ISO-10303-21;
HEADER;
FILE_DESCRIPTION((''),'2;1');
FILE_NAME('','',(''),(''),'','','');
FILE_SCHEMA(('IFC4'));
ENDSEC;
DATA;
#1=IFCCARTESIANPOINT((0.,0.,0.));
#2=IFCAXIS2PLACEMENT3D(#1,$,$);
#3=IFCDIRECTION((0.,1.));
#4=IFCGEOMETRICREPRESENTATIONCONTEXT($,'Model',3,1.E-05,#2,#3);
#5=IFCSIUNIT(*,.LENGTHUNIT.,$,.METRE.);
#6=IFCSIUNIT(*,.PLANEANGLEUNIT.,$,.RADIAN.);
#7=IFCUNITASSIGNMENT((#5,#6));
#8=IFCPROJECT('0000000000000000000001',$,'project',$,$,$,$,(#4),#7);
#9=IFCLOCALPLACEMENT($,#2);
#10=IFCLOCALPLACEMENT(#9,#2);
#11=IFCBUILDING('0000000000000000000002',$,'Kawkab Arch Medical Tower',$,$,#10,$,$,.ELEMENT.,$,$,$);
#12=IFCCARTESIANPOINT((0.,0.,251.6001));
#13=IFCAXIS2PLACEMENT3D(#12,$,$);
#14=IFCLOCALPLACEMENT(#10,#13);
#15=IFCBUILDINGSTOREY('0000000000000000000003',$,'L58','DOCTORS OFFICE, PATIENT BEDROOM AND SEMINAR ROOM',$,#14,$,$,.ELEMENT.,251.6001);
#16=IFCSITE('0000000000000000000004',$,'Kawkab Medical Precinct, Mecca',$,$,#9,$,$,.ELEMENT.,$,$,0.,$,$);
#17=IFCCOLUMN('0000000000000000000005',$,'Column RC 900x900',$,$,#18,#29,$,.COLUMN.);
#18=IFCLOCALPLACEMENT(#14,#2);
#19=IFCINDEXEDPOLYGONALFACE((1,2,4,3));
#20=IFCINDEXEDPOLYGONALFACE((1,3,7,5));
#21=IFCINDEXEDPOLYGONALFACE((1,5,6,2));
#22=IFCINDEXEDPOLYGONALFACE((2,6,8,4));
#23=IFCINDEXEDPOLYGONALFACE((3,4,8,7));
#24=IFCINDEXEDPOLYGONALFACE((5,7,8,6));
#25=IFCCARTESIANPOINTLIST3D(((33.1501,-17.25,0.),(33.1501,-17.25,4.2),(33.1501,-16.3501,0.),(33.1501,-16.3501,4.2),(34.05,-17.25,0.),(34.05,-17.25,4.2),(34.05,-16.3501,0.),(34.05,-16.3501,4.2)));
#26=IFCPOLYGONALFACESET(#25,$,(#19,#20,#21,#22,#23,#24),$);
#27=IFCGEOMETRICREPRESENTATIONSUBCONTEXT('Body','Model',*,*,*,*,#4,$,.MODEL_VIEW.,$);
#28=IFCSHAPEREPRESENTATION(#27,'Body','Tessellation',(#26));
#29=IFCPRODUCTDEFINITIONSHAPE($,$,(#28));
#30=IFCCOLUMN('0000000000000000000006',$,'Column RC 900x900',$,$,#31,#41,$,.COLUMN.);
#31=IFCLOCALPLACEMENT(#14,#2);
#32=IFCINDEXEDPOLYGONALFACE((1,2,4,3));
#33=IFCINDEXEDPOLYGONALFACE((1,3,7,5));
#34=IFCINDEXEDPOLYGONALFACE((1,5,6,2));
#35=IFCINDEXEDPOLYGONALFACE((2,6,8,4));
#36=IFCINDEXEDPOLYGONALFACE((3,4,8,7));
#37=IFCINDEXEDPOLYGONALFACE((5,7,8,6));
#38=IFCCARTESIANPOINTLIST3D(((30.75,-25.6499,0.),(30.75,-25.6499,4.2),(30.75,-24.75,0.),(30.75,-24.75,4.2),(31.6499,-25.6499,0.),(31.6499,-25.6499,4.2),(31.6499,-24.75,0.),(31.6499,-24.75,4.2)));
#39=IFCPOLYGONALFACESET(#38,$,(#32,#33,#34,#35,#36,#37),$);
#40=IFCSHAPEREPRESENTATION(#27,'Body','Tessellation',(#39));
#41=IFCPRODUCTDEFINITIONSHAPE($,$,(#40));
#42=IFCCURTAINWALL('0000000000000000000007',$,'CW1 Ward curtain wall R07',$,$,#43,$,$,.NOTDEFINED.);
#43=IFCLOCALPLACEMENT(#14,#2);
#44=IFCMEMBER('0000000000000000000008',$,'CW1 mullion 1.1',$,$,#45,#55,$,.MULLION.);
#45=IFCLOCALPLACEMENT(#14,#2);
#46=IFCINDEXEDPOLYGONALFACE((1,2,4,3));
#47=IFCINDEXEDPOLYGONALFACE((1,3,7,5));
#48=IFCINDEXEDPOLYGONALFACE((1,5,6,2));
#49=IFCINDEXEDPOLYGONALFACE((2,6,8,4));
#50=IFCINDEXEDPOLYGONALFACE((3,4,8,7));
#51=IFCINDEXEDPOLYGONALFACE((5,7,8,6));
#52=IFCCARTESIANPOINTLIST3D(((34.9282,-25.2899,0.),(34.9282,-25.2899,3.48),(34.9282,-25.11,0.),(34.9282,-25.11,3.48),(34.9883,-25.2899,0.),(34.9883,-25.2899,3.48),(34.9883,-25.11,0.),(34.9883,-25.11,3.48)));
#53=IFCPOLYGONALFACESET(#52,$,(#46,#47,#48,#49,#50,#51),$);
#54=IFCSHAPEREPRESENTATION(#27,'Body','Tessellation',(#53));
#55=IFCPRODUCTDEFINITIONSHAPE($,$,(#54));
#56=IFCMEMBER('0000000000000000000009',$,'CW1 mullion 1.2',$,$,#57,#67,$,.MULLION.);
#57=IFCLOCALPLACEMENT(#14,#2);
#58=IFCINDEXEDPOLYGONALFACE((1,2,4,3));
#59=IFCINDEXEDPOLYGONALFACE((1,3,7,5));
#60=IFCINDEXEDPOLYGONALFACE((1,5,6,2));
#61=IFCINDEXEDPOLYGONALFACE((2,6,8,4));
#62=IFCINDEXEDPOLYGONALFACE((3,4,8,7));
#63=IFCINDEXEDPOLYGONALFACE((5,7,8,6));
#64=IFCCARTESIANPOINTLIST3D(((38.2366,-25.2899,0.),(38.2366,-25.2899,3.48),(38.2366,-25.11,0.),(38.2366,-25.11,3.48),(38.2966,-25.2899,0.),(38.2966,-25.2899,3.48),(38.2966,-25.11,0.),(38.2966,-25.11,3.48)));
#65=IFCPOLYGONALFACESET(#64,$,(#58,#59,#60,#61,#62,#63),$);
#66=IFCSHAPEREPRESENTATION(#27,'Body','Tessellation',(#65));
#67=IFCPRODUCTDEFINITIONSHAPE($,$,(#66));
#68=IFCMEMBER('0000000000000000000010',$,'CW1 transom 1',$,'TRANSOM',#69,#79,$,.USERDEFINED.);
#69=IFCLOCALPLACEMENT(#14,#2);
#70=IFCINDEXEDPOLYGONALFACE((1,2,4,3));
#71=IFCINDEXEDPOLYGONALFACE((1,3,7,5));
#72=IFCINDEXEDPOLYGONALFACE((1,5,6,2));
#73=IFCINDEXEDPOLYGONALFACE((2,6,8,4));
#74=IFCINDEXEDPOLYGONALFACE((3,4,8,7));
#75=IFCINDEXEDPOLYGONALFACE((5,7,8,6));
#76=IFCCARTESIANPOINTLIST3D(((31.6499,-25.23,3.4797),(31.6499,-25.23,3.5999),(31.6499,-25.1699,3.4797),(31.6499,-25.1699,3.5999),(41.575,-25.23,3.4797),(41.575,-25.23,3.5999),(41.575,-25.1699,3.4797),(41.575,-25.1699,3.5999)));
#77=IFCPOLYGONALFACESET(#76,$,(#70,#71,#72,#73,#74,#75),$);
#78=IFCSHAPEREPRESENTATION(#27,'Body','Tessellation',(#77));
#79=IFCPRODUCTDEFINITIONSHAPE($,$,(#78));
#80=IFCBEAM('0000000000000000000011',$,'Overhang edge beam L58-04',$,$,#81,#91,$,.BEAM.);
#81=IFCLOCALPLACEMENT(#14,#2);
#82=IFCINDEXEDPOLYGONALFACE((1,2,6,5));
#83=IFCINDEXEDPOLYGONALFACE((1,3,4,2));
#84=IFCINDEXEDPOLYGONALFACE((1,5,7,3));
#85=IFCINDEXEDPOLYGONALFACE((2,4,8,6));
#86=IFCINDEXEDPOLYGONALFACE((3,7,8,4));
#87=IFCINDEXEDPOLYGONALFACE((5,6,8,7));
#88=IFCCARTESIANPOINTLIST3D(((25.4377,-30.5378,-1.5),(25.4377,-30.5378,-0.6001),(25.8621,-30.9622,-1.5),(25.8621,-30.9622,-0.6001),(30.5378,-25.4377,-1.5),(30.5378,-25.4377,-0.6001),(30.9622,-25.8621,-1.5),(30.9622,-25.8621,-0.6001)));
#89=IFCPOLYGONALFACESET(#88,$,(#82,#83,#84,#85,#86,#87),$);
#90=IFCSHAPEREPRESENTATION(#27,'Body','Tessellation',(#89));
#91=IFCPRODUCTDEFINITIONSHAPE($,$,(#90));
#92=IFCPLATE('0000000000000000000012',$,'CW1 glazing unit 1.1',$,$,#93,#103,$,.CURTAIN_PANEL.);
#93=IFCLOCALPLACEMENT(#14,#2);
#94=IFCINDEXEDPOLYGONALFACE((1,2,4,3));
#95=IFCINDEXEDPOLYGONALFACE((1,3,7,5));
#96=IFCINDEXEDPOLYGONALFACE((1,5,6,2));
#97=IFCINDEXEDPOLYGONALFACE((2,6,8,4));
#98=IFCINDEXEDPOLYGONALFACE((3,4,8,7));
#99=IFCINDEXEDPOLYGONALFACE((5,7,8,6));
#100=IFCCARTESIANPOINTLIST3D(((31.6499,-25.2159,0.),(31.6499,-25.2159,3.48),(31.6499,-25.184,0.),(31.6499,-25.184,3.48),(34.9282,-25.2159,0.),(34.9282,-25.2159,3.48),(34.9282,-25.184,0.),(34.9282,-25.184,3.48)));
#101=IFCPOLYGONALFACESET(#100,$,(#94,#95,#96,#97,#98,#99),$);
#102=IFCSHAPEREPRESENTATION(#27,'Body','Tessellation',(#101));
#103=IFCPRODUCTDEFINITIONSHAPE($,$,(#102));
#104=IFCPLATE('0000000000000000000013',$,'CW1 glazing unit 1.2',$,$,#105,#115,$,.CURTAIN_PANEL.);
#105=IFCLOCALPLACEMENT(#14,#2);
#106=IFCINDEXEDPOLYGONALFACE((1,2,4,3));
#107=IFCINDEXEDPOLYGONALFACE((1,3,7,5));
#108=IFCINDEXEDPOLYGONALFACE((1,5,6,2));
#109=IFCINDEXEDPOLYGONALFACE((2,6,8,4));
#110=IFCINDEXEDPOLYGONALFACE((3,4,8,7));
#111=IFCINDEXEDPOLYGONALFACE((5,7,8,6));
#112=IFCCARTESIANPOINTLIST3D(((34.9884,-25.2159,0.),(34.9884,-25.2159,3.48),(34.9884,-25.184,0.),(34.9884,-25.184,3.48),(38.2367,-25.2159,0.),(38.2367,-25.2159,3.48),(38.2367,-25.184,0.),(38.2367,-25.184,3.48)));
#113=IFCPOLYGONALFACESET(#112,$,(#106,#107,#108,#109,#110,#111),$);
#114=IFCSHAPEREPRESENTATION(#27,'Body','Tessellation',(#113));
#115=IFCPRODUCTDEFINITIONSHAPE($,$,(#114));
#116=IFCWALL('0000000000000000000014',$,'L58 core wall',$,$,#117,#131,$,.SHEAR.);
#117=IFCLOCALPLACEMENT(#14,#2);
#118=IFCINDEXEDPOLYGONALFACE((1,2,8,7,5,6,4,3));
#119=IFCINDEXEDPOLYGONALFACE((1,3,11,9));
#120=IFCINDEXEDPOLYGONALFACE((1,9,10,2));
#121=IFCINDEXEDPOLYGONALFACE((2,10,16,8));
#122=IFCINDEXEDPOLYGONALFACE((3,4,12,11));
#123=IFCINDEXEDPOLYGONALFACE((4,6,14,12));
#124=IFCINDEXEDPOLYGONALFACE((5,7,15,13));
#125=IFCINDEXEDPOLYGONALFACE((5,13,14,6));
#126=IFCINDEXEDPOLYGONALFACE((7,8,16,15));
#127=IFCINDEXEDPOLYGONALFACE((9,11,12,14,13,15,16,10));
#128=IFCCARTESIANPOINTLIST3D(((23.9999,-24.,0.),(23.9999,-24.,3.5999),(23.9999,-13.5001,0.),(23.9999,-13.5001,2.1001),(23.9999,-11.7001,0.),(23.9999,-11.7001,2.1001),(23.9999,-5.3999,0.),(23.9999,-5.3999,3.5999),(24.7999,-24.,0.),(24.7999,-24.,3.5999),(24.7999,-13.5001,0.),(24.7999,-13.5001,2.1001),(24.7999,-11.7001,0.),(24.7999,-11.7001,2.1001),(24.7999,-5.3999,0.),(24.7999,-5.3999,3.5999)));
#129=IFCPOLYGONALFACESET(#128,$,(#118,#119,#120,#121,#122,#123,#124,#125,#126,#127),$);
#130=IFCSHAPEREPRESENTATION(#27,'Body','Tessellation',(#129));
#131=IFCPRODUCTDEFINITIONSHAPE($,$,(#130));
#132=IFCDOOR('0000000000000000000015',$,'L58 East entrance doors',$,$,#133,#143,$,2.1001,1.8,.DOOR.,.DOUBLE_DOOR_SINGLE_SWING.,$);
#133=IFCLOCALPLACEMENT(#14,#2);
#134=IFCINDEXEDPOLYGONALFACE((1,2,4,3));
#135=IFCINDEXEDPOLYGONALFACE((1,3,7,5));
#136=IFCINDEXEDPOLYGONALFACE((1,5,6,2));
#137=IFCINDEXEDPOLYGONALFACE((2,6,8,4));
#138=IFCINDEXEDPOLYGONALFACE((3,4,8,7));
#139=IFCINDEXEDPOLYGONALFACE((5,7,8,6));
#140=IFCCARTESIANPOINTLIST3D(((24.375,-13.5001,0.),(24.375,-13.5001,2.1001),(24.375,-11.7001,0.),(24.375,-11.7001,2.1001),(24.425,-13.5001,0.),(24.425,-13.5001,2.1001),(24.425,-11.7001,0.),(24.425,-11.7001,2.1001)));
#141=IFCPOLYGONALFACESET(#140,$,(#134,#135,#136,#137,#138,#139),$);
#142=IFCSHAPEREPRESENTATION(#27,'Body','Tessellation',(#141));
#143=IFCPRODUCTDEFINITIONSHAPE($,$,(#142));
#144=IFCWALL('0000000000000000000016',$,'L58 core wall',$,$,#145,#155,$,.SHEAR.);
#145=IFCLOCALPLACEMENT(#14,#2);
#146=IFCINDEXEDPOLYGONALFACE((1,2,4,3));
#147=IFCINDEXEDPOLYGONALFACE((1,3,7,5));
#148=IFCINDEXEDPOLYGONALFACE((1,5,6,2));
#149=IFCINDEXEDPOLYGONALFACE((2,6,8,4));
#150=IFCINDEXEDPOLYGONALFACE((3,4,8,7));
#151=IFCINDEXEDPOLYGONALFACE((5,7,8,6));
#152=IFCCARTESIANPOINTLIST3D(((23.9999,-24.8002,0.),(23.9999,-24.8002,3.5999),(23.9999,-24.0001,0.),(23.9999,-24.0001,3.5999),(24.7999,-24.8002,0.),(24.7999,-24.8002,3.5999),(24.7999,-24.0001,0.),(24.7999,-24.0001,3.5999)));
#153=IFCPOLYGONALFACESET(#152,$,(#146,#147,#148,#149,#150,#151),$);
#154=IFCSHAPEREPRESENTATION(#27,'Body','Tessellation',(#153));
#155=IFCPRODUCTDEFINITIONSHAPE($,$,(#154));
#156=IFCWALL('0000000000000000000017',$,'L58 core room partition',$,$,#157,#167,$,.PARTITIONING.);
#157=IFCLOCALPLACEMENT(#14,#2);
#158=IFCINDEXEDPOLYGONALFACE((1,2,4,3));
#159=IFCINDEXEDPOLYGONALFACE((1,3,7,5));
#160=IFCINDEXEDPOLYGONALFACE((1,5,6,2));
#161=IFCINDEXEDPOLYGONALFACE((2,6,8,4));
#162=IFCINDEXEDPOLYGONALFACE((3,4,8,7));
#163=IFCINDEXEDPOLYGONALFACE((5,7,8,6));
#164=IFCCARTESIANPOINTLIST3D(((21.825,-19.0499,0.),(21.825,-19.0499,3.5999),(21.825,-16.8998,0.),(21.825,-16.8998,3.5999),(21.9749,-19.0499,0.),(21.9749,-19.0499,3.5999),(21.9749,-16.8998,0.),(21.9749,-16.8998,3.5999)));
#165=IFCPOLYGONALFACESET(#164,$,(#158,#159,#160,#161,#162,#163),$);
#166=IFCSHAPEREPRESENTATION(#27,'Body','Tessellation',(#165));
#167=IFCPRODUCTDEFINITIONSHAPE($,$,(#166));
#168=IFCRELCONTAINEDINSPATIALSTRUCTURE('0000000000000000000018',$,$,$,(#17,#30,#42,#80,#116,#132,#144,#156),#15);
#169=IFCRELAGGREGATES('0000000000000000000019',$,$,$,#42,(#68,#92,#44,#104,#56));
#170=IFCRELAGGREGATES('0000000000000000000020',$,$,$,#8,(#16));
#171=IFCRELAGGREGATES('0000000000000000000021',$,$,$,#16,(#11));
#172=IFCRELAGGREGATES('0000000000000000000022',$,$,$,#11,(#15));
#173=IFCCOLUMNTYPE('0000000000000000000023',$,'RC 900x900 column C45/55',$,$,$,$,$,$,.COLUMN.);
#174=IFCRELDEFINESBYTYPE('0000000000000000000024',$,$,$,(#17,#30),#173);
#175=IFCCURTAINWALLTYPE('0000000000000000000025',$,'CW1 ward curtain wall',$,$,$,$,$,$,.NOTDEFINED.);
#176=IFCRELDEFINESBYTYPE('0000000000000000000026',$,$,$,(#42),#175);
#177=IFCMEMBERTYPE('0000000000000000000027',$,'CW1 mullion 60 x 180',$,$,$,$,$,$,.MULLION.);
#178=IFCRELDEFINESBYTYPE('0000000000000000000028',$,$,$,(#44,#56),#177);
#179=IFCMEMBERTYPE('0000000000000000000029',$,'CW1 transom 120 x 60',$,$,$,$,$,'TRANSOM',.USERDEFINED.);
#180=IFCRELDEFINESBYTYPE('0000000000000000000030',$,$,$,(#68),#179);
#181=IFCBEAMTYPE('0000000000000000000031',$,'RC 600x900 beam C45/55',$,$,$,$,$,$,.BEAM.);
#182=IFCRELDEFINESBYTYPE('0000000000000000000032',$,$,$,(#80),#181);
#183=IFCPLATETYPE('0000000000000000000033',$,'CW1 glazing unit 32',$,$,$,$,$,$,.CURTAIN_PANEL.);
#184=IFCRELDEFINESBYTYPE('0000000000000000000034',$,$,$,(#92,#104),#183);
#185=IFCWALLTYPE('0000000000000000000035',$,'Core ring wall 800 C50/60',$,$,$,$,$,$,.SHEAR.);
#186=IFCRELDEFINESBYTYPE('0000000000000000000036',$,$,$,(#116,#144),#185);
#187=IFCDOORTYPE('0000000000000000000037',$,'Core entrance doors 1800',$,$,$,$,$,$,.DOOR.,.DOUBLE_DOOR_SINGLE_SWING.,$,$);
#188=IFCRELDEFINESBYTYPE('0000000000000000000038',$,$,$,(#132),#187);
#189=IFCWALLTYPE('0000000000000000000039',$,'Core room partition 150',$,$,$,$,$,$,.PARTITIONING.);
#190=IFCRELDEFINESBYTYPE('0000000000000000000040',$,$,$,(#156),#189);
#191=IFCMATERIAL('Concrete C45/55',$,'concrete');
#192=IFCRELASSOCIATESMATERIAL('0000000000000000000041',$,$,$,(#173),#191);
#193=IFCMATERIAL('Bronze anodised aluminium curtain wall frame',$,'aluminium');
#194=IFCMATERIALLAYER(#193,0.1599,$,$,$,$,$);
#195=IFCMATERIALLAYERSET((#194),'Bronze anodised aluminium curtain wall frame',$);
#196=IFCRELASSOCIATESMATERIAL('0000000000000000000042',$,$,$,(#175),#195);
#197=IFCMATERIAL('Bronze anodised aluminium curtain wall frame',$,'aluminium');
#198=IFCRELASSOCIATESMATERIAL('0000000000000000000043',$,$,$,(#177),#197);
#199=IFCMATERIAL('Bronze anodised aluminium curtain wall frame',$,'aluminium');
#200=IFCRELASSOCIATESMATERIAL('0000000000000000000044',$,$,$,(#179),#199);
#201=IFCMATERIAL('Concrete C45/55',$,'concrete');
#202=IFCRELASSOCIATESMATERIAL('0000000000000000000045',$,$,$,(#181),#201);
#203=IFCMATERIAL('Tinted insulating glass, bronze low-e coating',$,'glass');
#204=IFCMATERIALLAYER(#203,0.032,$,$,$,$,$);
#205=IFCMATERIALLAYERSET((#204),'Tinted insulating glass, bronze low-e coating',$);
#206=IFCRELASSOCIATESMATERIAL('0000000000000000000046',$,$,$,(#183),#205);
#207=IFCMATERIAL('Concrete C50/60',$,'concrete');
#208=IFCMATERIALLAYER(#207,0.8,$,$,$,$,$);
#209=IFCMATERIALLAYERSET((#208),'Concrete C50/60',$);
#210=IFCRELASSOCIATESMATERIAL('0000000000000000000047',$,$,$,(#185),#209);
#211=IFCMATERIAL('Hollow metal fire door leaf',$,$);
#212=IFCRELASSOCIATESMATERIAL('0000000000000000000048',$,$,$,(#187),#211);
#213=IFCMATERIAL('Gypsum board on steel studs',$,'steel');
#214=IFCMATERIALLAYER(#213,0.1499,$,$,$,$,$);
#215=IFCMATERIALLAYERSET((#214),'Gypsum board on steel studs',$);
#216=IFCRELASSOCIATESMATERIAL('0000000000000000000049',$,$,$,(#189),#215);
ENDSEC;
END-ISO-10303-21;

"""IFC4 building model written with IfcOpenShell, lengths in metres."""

from ifc_helpers import new_model, si_unit, direction, frame, frame_2d, origin, origin_2d, place, context, subcontext, project, spatial, rectangle, extrude, material, layer, layer_set, material_profile, profile_set, type_object, element, fill, aggregate, save


model = new_model("IFC4")

# Units and contexts
model_context = context("Model", 3, precision=1e-05, world=origin(), true_north=direction((0.0, 1.0)))
body_context = subcontext(model_context, "Body", "Model", "MODEL_VIEW")
ifc_project = project(units=[si_unit("LENGTHUNIT", "METRE"), si_unit("PLANEANGLEUNIT", "RADIAN")], contexts=[model_context])

# Site, building, storey
site_placement = place(None, origin())
site = spatial("IfcSite", under=ifc_project, at=site_placement, Name="Kawkab Medical Precinct, Mecca", CompositionType="ELEMENT", RefElevation=0.0)
building_placement = place(site_placement, origin())
building = spatial("IfcBuilding", under=site, at=building_placement, Name="Kawkab Arch Medical Tower", CompositionType="ELEMENT")
storey_placement = place(building_placement, frame((0.0, 0.0, 251.6001)))
storey = spatial("IfcBuildingStorey", under=building, at=storey_placement, Name="L58", Description="DOCTORS OFFICE, PATIENT BEDROOM AND SEMINAR ROOM", CompositionType="ELEMENT", Elevation=251.6001)

# Columns
ifc_material_1 = material(Name="Concrete C45/55", Category="concrete")
ifc_material_profile_1 = material_profile(ifc_material_1, rectangle(XDim=0.8999, YDim=0.8999, at=origin_2d()), Name="RC 900x900")
ifc_profile_set_1 = profile_set([ifc_material_profile_1], Name="Concrete C45/55")
column_type = type_object("IfcColumnType", Name="RC 900x900 column C45/55", PredefinedType="COLUMN", material=ifc_profile_set_1)
for number, where, z_axis, x_axis, name in (
    (1, (33.6001, -16.8, 0.0), (0.0, 0.0, 1.0), (1.0, 0.0, 0.0), "Column RC 900x900"),
    (2, (31.2, -25.2, 0.0), (0.0, 0.0, 1.0), (1.0, 0.0, 0.0), "Column RC 900x900"),
):
    element("IfcColumn", number, at=place(storey_placement, frame(where, z_axis=z_axis, x_axis=x_axis)), inside=storey, type_object=column_type, Name=name, PredefinedType="COLUMN", context=body_context, shape_type="SweptSolid", body=[
        extrude(rectangle(XDim=0.8999, YDim=0.8999, at=origin_2d()), origin(), (0.0, 0.0, 1.0), 4.2),
    ])

# Curtain wall, members
ifc_material_2 = material(Name="Bronze anodised aluminium curtain wall frame", Category="aluminium")
ifc_layer_1 = layer(ifc_material_2, 0.1599)
ifc_layer_set_1 = layer_set([ifc_layer_1], Name="Bronze anodised aluminium curtain wall frame")
curtain_wall_type = type_object("IfcCurtainWallType", Name="CW1 ward curtain wall", PredefinedType="NOTDEFINED", material=ifc_layer_set_1)
curtain_wall_placement = place(storey_placement, origin())
curtain_wall = element("IfcCurtainWall", 3, at=curtain_wall_placement, inside=storey, type_object=curtain_wall_type, Name="CW1 Ward curtain wall R07", PredefinedType="NOTDEFINED")
ifc_material_3 = material(Name="Bronze anodised aluminium curtain wall frame", Category="aluminium")
ifc_material_profile_2 = material_profile(ifc_material_3, rectangle(XDim=0.1799, YDim=0.0601, at=origin_2d()), Name="AL 60x180")
ifc_profile_set_2 = profile_set([ifc_material_profile_2], Name="Bronze anodised aluminium curtain wall frame")
member_type_1 = type_object("IfcMemberType", Name="CW1 mullion 60 x 180", PredefinedType="MULLION", material=ifc_profile_set_2)
member_1_placement = place(storey_placement, frame((34.9583, -25.2, 0.0), z_axis=(0.0, 0.0, 1.0), x_axis=(0.0, 1.0, 0.0)))
member_1 = element("IfcMember", 4, at=member_1_placement, type_object=member_type_1, Name="CW1 mullion 1.1", PredefinedType="MULLION", context=body_context, shape_type="SweptSolid", body=[
    extrude(rectangle(XDim=0.1799, YDim=0.0601, at=origin_2d()), origin(), (0.0, 0.0, 1.0), 3.48),
])
member_2_placement = place(storey_placement, frame((38.2666, -25.2, 0.0), z_axis=(0.0, 0.0, 1.0), x_axis=(0.0, 1.0, 0.0)))
member_2 = element("IfcMember", 5, at=member_2_placement, type_object=member_type_1, Name="CW1 mullion 1.2", PredefinedType="MULLION", context=body_context, shape_type="SweptSolid", body=[
    extrude(rectangle(XDim=0.1799, YDim=0.0601, at=origin_2d()), origin(), (0.0, 0.0, 1.0), 3.48),
])
ifc_material_4 = material(Name="Bronze anodised aluminium curtain wall frame", Category="aluminium")
ifc_material_profile_3 = material_profile(ifc_material_4, rectangle(XDim=0.0601, YDim=0.1201, at=origin_2d()), Name="AL 60x120")
ifc_profile_set_3 = profile_set([ifc_material_profile_3], Name="Bronze anodised aluminium curtain wall frame")
member_type_2 = type_object("IfcMemberType", Name="CW1 transom 120 x 60", ElementType="TRANSOM", PredefinedType="USERDEFINED", material=ifc_profile_set_3)
member_3_placement = place(storey_placement, frame((31.6499, -25.2, 3.5398), z_axis=(1.0, 0.0, 0.0), x_axis=(0.0, 1.0, 0.0)))
member_3 = element("IfcMember", 6, at=member_3_placement, type_object=member_type_2, Name="CW1 transom 1", ObjectType="TRANSOM", PredefinedType="USERDEFINED", context=body_context, shape_type="SweptSolid", body=[
    extrude(rectangle(XDim=0.0601, YDim=0.1201, at=origin_2d()), origin(), (0.0, 0.0, 1.0), 9.925),
])

# Beam
ifc_material_5 = material(Name="Concrete C45/55", Category="concrete")
ifc_material_profile_4 = material_profile(ifc_material_5, rectangle(XDim=0.6001, YDim=0.8999, at=origin_2d()), Name="RC 600x900")
ifc_profile_set_4 = profile_set([ifc_material_profile_4], Name="Concrete C45/55")
beam_type = type_object("IfcBeamType", Name="RC 600x900 beam C45/55", PredefinedType="BEAM", material=ifc_profile_set_4)
beam_placement = place(storey_placement, frame((30.75, -25.6499, -1.05), z_axis=(-0.707107, -0.707107, 0.0), x_axis=(0.707107, -0.707107, 0.0)))
element("IfcBeam", 7, at=beam_placement, inside=storey, type_object=beam_type, Name="Overhang edge beam L58-04", PredefinedType="BEAM", context=body_context, shape_type="SweptSolid", body=[
    extrude(rectangle(XDim=0.6001, YDim=0.8999, at=origin_2d()), origin(), (0.0, 0.0, 1.0), 7.2126),
])

# Plates
ifc_material_6 = material(Name="Tinted insulating glass, bronze low-e coating", Category="glass")
ifc_layer_2 = layer(ifc_material_6, 0.032)
ifc_layer_set_2 = layer_set([ifc_layer_2], Name="Tinted insulating glass, bronze low-e coating")
plate_type = type_object("IfcPlateType", Name="CW1 glazing unit 32", PredefinedType="CURTAIN_PANEL", material=ifc_layer_set_2)
plate_1_placement = place(storey_placement, frame((33.2891, -25.2, 0.0), z_axis=(0.0, 0.0, 1.0), x_axis=(1.0, 0.0, 0.0)))
plate_1 = element("IfcPlate", 8, at=plate_1_placement, type_object=plate_type, Name="CW1 glazing unit 1.1", PredefinedType="CURTAIN_PANEL", context=body_context, shape_type="SweptSolid", body=[
    extrude(rectangle(XDim=3.2783, YDim=0.032, at=origin_2d()), origin(), (0.0, 0.0, 1.0), 3.48),
])
plate_2_placement = place(storey_placement, frame((36.6125, -25.2, 0.0), z_axis=(0.0, 0.0, 1.0), x_axis=(1.0, 0.0, 0.0)))
plate_2 = element("IfcPlate", 9, at=plate_2_placement, type_object=plate_type, Name="CW1 glazing unit 1.2", PredefinedType="CURTAIN_PANEL", context=body_context, shape_type="SweptSolid", body=[
    extrude(rectangle(XDim=3.2483, YDim=0.032, at=origin_2d()), origin(), (0.0, 0.0, 1.0), 3.48),
])
aggregate(curtain_wall, [member_3, plate_1, member_1, plate_2, member_2])

# Wall, opening, door
ifc_material_7 = material(Name="Concrete C50/60", Category="concrete")
ifc_layer_3 = layer(ifc_material_7, 0.8)
ifc_layer_set_3 = layer_set([ifc_layer_3], Name="Concrete C50/60")
wall_type_1 = type_object("IfcWallType", Name="Core ring wall 800 C50/60", PredefinedType="SHEAR", material=ifc_layer_set_3)
wall_1_placement = place(storey_placement, frame((24.3999, -24.0, 0.0), z_axis=(0.0, 0.0, 1.0), x_axis=(0.0, 1.0, 0.0)))
wall_1 = element("IfcWall", 10, at=wall_1_placement, inside=storey, type_object=wall_type_1, Name="L58 core wall", PredefinedType="SHEAR", context=body_context, shape_type="SweptSolid", body=[
    extrude(rectangle(XDim=18.6001, YDim=0.8, at=frame_2d((9.3, 0.0))), origin(), (0.0, 0.0, 1.0), 3.5999),
])
opening_1_placement = place(wall_1_placement, frame((10.5, 0.0, 0.0)))
opening_1 = element("IfcOpeningElement", 11, at=opening_1_placement, cuts=wall_1, PredefinedType="OPENING", context=body_context, shape_type="SweptSolid", body=[
    extrude(rectangle(XDim=1.8, YDim=2.1001, at=frame_2d((0.8999, 1.05))), frame((0.0, 0.4099, 0.0), z_axis=(0.0, -1.0, 0.0), x_axis=(1.0, 0.0, 0.0)), (0.0, 0.0, 1.0), 0.8201),
])
ifc_material_8 = material(Name="Hollow metal fire door leaf")
door_type_1 = type_object("IfcDoorType", Name="Core entrance doors 1800", OperationType="DOUBLE_DOOR_SINGLE_SWING", PredefinedType="DOOR", material=ifc_material_8)
door_1_placement = place(opening_1_placement, origin())
door_1 = element("IfcDoor", 12, at=door_1_placement, inside=storey, type_object=door_type_1, Name="L58 East entrance doors", OperationType="DOUBLE_DOOR_SINGLE_SWING", OverallHeight=2.1001, OverallWidth=1.8, PredefinedType="DOOR", context=body_context, shape_type="SweptSolid", body=[
    extrude(rectangle(XDim=1.8, YDim=2.1001, at=frame_2d((0.8999, 1.05))), frame((0.0, 0.0249, 0.0), z_axis=(0.0, -1.0, 0.0), x_axis=(1.0, 0.0, 0.0)), (0.0, 0.0, 1.0), 0.05),
])
fill(opening_1, door_1)

# Walls
wall_2_placement = place(storey_placement, frame((24.3999, -24.8, 0.0), z_axis=(0.0, 0.0, 1.0), x_axis=(0.0, 1.0, 0.0)))
element("IfcWall", 13, at=wall_2_placement, inside=storey, type_object=wall_type_1, Name="L58 core wall", PredefinedType="SHEAR", context=body_context, shape_type="SweptSolid", body=[
    extrude(rectangle(XDim=0.8, YDim=0.8, at=frame_2d((0.3999, 0.0))), origin(), (0.0, 0.0, 1.0), 3.5999),
])
ifc_material_9 = material(Name="Gypsum board on steel studs", Category="steel")
ifc_layer_4 = layer(ifc_material_9, 0.1499)
ifc_layer_set_4 = layer_set([ifc_layer_4], Name="Gypsum board on steel studs")
wall_type_2 = type_object("IfcWallType", Name="Core room partition 150", PredefinedType="PARTITIONING", material=ifc_layer_set_4)
wall_3_placement = place(storey_placement, frame((21.8999, -19.05, 0.0), z_axis=(0.0, 0.0, 1.0), x_axis=(0.0, 1.0, 0.0)))
element("IfcWall", 14, at=wall_3_placement, inside=storey, type_object=wall_type_2, Name="L58 core room partition", PredefinedType="PARTITIONING", context=body_context, shape_type="SweptSolid", body=[
    extrude(rectangle(XDim=2.1501, YDim=0.1499, at=frame_2d((1.0752, 0.0))), origin(), (0.0, 0.0, 1.0), 3.5999),
])

save(model, "model.ifc")
